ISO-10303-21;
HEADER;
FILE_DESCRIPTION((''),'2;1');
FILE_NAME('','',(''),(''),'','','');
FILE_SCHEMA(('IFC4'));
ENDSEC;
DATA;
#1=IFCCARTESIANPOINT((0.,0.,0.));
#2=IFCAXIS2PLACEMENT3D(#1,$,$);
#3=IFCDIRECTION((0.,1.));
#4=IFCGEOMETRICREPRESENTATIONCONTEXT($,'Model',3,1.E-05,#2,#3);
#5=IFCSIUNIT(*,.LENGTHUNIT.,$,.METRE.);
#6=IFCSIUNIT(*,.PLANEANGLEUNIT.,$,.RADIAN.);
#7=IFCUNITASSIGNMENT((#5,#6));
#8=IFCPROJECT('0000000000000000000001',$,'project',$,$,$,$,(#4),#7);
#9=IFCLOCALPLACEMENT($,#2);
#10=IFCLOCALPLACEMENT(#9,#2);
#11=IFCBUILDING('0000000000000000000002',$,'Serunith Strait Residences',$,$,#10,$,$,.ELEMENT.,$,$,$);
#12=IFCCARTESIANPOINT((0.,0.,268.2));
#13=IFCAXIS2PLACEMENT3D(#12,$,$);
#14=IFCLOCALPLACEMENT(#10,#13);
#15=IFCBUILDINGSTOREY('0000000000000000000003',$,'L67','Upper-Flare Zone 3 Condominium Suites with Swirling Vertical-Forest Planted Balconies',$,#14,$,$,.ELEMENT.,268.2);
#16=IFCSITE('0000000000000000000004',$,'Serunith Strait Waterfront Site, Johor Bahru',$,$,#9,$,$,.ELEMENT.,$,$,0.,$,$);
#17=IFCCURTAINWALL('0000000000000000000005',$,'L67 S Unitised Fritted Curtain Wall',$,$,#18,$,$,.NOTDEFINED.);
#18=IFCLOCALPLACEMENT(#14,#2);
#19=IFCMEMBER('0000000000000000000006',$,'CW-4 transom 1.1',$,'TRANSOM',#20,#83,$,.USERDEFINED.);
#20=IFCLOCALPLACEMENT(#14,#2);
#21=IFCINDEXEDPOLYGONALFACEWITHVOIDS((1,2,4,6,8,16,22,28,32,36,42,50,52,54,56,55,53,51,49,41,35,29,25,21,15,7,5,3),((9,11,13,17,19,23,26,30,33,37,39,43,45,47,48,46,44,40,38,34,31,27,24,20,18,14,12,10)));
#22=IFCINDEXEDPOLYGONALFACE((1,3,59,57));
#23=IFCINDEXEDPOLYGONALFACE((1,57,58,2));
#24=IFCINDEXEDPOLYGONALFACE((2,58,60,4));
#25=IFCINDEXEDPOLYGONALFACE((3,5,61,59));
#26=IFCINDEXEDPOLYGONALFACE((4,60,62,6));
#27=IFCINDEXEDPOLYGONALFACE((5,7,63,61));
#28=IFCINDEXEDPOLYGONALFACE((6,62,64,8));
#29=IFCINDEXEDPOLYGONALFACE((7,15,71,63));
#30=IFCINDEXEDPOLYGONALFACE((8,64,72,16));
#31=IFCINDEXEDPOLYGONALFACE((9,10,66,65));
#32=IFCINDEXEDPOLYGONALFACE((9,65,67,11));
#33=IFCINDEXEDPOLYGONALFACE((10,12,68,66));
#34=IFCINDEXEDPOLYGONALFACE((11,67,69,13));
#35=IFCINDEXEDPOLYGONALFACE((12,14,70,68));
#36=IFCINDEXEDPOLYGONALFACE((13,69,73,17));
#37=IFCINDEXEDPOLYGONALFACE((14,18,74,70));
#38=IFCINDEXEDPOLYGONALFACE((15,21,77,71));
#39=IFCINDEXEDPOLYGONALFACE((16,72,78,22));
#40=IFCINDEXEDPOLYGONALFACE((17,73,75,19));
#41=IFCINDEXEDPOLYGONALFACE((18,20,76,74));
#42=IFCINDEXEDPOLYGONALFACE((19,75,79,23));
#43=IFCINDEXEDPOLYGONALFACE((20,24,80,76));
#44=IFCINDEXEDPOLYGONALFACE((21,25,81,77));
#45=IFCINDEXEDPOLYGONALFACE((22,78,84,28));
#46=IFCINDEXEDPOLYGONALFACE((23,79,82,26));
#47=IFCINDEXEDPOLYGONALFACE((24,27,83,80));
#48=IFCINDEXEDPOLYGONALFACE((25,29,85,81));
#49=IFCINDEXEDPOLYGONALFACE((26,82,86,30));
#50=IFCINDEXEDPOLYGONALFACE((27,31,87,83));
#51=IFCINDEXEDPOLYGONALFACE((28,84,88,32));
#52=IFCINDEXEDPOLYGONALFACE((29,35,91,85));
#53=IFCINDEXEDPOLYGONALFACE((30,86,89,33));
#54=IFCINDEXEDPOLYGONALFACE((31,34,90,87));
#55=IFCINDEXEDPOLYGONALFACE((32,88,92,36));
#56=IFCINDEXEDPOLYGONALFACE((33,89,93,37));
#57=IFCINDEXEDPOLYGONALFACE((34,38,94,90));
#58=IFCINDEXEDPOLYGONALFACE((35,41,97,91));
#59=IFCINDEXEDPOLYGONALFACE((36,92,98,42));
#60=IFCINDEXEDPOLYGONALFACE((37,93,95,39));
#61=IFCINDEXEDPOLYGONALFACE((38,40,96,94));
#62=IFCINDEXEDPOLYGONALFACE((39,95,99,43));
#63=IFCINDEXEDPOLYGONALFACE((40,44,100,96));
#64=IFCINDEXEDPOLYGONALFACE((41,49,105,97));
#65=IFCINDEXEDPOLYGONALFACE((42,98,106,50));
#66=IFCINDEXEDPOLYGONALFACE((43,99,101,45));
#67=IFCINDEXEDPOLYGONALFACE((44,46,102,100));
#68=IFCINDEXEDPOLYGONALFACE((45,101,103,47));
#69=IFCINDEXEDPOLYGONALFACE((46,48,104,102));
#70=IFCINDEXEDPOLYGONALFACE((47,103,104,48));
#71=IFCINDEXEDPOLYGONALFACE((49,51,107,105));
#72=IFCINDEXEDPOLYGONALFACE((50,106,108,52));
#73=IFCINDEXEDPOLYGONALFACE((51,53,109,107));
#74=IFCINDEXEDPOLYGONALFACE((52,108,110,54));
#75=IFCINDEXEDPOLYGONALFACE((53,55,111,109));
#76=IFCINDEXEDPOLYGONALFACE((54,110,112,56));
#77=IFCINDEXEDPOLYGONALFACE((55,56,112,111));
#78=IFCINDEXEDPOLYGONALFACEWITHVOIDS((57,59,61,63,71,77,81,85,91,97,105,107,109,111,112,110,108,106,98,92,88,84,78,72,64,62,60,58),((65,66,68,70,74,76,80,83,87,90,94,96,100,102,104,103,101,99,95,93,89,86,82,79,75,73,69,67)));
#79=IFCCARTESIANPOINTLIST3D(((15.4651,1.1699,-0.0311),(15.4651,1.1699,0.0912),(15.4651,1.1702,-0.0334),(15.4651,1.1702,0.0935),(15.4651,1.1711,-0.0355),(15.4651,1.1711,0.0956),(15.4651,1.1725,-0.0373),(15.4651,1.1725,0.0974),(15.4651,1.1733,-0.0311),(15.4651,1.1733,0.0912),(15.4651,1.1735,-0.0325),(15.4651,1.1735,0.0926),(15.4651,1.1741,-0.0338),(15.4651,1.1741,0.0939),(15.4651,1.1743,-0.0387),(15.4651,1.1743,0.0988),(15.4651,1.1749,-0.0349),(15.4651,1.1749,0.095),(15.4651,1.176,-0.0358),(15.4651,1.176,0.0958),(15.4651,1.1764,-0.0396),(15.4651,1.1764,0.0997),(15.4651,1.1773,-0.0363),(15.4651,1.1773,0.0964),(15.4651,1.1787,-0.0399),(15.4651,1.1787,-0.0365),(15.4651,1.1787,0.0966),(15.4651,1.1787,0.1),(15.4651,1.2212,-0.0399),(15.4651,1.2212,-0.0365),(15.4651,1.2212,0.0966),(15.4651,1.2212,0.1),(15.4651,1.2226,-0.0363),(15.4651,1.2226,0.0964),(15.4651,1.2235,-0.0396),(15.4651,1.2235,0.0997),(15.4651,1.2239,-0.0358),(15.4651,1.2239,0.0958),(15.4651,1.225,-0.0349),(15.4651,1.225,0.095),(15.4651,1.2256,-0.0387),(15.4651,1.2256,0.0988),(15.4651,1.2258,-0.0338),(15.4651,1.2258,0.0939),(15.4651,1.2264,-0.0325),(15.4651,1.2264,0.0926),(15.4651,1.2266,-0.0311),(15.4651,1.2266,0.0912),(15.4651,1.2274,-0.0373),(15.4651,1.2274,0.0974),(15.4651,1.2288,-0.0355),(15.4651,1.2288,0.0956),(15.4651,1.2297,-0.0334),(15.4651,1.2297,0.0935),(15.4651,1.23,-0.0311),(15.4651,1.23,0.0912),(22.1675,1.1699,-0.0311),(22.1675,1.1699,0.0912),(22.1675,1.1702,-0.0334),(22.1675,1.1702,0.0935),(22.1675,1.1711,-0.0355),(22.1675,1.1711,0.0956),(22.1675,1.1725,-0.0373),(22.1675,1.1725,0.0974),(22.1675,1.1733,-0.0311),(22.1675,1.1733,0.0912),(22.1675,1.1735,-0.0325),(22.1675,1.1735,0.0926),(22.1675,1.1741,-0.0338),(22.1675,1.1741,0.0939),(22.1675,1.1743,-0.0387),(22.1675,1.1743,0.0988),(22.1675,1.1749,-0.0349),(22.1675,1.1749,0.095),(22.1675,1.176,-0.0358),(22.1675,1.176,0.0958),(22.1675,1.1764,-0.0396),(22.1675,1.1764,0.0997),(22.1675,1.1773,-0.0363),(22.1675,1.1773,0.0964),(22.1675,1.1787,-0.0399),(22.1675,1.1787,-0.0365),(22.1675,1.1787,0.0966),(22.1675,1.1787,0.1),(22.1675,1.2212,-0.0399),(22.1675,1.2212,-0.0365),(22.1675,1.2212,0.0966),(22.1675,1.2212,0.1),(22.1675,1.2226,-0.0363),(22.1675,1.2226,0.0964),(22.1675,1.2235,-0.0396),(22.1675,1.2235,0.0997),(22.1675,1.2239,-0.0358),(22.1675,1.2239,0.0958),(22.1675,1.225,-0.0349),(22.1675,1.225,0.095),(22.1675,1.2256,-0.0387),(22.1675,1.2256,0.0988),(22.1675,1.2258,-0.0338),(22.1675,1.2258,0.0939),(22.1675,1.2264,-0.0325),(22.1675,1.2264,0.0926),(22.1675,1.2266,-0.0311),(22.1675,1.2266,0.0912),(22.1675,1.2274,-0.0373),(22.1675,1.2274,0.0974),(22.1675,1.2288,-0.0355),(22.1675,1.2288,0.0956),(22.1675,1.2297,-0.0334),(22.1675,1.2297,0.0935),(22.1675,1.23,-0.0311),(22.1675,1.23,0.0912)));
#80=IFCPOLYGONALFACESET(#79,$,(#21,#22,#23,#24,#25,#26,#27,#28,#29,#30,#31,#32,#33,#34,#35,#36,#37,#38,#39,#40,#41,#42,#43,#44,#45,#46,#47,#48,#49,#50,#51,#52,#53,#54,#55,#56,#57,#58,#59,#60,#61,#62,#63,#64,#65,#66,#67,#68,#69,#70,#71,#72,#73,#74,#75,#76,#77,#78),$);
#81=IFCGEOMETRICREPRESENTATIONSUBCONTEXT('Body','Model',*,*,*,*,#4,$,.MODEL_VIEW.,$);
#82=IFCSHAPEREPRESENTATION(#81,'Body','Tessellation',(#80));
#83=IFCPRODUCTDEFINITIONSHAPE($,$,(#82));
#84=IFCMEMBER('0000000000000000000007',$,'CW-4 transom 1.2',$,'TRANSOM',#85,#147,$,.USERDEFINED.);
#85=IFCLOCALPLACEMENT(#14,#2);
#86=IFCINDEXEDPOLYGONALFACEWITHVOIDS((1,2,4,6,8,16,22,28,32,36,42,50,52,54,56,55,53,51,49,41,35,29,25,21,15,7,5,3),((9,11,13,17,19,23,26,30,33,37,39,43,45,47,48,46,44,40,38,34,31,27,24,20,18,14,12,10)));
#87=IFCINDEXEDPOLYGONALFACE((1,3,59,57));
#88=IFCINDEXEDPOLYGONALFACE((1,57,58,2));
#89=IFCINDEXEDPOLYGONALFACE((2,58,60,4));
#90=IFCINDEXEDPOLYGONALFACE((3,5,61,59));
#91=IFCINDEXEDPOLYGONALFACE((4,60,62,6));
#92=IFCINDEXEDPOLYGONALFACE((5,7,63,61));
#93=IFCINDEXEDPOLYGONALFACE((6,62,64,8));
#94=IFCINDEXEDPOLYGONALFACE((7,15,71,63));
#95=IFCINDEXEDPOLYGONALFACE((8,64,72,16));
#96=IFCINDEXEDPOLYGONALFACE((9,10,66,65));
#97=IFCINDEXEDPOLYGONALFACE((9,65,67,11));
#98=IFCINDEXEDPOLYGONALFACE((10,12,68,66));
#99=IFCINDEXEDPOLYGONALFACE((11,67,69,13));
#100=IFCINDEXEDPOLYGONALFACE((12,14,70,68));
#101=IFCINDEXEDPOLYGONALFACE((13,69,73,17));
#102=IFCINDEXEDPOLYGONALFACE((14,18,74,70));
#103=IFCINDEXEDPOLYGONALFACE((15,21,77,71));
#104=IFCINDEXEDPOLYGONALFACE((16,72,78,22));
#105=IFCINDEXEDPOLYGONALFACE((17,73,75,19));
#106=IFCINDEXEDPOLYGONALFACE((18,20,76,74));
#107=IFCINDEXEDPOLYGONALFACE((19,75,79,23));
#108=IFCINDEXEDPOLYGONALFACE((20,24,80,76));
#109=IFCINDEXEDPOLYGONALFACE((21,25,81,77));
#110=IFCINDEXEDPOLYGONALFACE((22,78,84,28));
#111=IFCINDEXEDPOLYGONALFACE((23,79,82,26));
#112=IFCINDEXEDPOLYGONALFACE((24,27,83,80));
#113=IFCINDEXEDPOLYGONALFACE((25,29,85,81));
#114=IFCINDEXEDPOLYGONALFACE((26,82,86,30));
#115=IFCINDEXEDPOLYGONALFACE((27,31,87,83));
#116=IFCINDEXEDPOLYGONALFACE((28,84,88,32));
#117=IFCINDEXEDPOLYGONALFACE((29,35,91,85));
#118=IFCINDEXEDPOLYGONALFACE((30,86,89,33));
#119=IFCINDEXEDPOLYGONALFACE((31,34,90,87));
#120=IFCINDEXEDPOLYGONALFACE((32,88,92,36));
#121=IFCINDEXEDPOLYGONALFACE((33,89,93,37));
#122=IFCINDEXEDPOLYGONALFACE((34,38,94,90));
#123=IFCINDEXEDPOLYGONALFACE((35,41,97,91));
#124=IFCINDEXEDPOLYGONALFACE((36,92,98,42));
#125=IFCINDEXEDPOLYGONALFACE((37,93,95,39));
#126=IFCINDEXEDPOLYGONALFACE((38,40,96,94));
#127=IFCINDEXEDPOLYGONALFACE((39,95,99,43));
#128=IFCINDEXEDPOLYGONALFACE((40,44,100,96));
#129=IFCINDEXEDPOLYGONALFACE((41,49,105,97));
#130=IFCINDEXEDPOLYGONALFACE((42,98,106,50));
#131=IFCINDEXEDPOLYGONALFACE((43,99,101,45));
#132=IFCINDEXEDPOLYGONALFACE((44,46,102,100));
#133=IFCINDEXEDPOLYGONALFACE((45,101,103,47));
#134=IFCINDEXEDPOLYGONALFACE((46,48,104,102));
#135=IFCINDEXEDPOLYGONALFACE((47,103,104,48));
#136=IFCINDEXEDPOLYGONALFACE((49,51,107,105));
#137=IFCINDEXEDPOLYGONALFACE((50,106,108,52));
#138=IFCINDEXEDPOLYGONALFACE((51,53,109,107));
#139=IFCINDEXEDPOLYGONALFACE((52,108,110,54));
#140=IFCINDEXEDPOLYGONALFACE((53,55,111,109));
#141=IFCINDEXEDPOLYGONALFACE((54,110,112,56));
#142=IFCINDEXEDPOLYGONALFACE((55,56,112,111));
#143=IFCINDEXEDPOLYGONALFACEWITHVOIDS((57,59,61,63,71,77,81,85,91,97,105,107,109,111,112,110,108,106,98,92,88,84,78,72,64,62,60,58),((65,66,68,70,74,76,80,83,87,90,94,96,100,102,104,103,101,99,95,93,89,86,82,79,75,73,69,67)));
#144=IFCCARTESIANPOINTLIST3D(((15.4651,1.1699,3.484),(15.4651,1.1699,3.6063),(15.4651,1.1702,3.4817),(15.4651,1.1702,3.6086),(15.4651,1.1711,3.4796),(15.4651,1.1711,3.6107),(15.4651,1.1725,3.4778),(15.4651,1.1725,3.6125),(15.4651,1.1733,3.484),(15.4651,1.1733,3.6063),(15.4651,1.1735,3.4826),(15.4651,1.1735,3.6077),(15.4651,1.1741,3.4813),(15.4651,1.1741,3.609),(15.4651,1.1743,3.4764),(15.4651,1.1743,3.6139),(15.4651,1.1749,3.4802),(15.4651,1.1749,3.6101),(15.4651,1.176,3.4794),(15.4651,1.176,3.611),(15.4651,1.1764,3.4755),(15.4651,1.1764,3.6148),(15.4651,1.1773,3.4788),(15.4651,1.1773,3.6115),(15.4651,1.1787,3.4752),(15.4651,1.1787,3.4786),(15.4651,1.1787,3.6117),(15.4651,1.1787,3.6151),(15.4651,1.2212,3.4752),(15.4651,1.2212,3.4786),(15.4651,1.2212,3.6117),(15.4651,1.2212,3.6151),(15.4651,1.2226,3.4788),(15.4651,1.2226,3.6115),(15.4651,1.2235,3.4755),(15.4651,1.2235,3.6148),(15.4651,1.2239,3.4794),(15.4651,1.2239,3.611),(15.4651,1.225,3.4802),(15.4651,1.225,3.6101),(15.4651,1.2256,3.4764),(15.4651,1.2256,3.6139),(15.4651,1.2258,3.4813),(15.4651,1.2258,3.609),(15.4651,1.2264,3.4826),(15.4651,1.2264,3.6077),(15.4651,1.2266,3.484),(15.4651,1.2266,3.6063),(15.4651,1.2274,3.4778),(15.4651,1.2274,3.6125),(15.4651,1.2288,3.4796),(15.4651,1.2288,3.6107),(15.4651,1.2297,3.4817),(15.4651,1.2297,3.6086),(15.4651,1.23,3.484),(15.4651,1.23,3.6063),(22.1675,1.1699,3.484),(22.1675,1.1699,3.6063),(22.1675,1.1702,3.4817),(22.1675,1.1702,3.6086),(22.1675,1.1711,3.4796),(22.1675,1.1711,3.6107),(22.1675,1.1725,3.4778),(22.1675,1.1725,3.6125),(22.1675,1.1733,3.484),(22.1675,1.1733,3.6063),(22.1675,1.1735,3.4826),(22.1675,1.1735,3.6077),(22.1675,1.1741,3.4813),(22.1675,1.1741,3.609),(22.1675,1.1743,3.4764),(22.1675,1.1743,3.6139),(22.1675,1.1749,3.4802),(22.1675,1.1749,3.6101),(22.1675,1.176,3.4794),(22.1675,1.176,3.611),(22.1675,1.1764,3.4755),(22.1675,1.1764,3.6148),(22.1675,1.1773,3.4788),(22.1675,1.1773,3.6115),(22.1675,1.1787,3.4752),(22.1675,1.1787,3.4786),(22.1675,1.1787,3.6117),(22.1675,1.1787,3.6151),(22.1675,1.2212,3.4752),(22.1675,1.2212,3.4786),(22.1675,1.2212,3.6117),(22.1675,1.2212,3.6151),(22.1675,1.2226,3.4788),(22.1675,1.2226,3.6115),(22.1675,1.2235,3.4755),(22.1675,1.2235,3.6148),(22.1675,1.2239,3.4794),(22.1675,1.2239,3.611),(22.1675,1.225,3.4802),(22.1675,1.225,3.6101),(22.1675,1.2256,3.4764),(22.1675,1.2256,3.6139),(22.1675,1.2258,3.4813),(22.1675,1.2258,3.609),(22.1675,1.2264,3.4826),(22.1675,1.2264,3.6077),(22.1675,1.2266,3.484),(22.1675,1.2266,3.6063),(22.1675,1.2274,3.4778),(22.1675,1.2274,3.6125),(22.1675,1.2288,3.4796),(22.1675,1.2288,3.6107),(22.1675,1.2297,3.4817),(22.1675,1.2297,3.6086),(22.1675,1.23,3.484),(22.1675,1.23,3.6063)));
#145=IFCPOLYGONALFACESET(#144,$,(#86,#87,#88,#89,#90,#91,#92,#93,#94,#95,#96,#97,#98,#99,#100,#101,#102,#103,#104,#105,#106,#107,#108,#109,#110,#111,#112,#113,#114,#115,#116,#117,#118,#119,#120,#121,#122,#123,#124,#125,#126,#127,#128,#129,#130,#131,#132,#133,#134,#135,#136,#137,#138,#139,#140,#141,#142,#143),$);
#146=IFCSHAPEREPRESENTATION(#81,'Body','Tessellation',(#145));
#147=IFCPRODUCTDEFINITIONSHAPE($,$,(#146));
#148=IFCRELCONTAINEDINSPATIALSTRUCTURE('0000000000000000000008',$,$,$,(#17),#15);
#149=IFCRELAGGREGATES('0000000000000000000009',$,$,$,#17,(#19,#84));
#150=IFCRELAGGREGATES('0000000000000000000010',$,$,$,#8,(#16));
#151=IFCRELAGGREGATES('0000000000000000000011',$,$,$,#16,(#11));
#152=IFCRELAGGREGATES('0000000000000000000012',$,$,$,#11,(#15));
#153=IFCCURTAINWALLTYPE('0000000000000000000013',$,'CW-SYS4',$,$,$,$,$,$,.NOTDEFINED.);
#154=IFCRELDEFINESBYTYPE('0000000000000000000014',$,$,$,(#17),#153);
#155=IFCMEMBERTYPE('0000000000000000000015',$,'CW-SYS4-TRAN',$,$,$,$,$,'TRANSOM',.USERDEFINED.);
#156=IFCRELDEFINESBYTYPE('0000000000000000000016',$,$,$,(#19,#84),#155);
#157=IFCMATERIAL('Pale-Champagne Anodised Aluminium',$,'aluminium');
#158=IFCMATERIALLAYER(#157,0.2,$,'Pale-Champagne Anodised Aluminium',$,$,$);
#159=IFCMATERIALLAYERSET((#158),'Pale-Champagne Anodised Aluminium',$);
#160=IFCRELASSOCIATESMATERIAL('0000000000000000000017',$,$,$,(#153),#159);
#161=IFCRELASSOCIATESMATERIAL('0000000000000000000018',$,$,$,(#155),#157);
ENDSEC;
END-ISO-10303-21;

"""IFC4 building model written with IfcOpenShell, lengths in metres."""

from ifc_helpers import new_model, si_unit, direction, frame, origin, origin_2d, place, context, subcontext, project, spatial, hollow_rectangle, extrude, source, transform, mapped, material, layer, layer_set, material_profile, profile_set, type_object, element, aggregate, save


model = new_model("IFC4")

# Units and contexts
model_context = context("Model", 3, precision=1e-05, world=origin(), true_north=direction((0.0, 1.0)))
body_context = subcontext(model_context, "Body", "Model", "MODEL_VIEW")
ifc_project = project(units=[si_unit("LENGTHUNIT", "METRE"), si_unit("PLANEANGLEUNIT", "RADIAN")], contexts=[model_context])

# Site, building, storey
site_placement = place(None, origin())
site = spatial("IfcSite", under=ifc_project, at=site_placement, Name="Serunith Strait Waterfront Site, Johor Bahru", CompositionType="ELEMENT", RefElevation=0.0)
building_placement = place(site_placement, origin())
building = spatial("IfcBuilding", under=site, at=building_placement, Name="Serunith Strait Residences", CompositionType="ELEMENT")
storey_placement = place(building_placement, frame((0.0, 0.0, 268.2)))
storey = spatial("IfcBuildingStorey", under=building, at=storey_placement, Name="L67", Description="Upper-Flare Zone 3 Condominium Suites with Swirling Vertical-Forest Planted Balconies", CompositionType="ELEMENT", Elevation=268.2)

# Curtain wall
ifc_material_1 = material(Name="Pale-Champagne Anodised Aluminium", Category="aluminium")
ifc_layer_1 = layer(ifc_material_1, 0.2, Name="Pale-Champagne Anodised Aluminium")
ifc_layer_set_1 = layer_set([ifc_layer_1], Name="Pale-Champagne Anodised Aluminium")
curtain_wall_type = type_object("IfcCurtainWallType", Name="CW-SYS4", PredefinedType="NOTDEFINED", material=ifc_layer_set_1)
curtain_wall_1_placement = place(storey_placement, origin())
curtain_wall_1 = element("IfcCurtainWall", 1, at=curtain_wall_1_placement, inside=storey, type_object=curtain_wall_type, Name="L67 S Unitised Fritted Curtain Wall", PredefinedType="NOTDEFINED")

# Members
ifc_material_profile_1 = material_profile(ifc_material_1, hollow_rectangle(XDim=0.0601, YDim=0.1399, WallThickness=0.0034, InnerFilletRadius=0.0054, OuterFilletRadius=0.0088, at=origin_2d()), Name="ALU 140x60x3.5")
ifc_profile_set_1 = profile_set([ifc_material_profile_1], Name="Pale-Champagne Anodised Aluminium")
member_type_1 = type_object("IfcMemberType", Name="CW-SYS4-TRAN", ElementType="TRANSOM", PredefinedType="USERDEFINED", material=ifc_profile_set_1)
shared_shape_1 = source(origin(), body_context, "Body", "SweptSolid", [
    extrude(hollow_rectangle(XDim=0.0601, YDim=0.1399, WallThickness=0.0034, InnerFilletRadius=0.0054, OuterFilletRadius=0.0088, at=origin_2d()), origin(), (0.0, 0.0, 1.0), 6.7024),
])
member_1_placement = place(storey_placement, frame((15.4651, 1.2, 0.03), z_axis=(1.0, 0.0, 0.0), x_axis=(0.0, 1.0, 0.0)))
member_1 = element("IfcMember", 2, at=member_1_placement, type_object=member_type_1, Name="CW-4 transom 1.1", ObjectType="TRANSOM", PredefinedType="USERDEFINED", context=body_context, shape_type="MappedRepresentation", body=[
    mapped(shared_shape_1, transform((0.0, 0.0, 0.0), scale=1.0)),
])
member_2_placement = place(storey_placement, frame((15.4651, 1.2, 3.5452), z_axis=(1.0, 0.0, 0.0), x_axis=(0.0, 1.0, 0.0)))
member_2 = element("IfcMember", 3, at=member_2_placement, type_object=member_type_1, Name="CW-4 transom 1.2", ObjectType="TRANSOM", PredefinedType="USERDEFINED", context=body_context, shape_type="MappedRepresentation", body=[
    mapped(shared_shape_1, transform((0.0, 0.0, 0.0), scale=1.0)),
])
aggregate(curtain_wall_1, [member_1, member_2])

save(model, "model.ifc")
